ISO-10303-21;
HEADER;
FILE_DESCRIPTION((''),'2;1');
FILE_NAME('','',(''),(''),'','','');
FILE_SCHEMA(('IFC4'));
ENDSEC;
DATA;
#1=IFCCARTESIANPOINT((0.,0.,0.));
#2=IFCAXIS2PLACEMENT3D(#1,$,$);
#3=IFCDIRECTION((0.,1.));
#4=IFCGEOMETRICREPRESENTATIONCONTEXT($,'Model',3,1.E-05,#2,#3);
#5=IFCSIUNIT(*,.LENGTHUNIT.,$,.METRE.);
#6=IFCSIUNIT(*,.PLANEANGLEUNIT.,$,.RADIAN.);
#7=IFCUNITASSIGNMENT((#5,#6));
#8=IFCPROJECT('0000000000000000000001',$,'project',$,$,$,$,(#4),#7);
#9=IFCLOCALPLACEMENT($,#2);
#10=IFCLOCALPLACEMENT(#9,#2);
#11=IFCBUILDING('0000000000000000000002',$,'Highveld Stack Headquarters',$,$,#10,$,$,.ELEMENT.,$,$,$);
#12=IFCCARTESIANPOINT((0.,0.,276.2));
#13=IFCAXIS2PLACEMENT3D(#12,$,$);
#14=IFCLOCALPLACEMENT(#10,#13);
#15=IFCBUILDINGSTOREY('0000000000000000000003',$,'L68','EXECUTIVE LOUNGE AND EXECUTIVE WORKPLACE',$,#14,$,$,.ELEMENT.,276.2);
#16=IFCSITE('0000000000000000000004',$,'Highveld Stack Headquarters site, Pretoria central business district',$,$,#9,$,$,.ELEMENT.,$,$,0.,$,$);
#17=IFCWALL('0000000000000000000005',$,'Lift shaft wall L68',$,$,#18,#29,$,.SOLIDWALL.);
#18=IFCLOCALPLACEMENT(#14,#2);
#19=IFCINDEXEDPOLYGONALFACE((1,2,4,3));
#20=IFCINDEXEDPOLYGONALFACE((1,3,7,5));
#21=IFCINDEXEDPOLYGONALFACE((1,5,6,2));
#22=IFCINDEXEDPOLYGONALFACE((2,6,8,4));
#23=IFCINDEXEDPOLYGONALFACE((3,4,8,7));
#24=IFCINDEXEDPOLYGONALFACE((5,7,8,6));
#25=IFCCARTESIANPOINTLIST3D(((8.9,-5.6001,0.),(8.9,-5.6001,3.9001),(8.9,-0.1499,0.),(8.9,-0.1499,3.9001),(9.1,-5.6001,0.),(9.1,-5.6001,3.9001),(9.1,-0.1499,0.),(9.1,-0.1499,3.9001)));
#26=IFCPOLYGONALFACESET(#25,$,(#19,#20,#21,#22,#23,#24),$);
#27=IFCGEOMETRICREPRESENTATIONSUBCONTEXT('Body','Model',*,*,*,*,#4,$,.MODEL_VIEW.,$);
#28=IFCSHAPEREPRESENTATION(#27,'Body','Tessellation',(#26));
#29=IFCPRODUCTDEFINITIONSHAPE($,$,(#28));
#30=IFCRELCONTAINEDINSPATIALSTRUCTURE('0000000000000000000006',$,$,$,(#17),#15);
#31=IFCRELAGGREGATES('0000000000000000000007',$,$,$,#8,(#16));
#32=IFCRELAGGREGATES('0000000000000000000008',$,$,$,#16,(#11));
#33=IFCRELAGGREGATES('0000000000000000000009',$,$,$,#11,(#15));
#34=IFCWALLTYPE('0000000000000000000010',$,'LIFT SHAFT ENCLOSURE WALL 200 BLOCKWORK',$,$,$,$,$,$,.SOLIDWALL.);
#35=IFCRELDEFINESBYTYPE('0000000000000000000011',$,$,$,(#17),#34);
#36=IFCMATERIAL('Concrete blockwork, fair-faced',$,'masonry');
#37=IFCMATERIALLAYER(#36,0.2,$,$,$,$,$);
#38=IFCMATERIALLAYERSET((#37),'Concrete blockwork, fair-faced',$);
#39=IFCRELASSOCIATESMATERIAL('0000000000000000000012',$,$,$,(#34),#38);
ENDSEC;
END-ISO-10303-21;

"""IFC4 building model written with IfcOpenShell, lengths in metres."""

from ifc_helpers import new_model, si_unit, direction, frame, frame_2d, origin, place, context, subcontext, project, spatial, rectangle, extrude, material, layer, layer_set, type_object, element, save


model = new_model("IFC4")

# Units and contexts
model_context = context("Model", 3, precision=1e-05, world=origin(), true_north=direction((0.0, 1.0)))
body_context = subcontext(model_context, "Body", "Model", "MODEL_VIEW")
ifc_project = project(units=[si_unit("LENGTHUNIT", "METRE"), si_unit("PLANEANGLEUNIT", "RADIAN")], contexts=[model_context])

# Site, building, storey
site_placement = place(None, origin())
site = spatial("IfcSite", under=ifc_project, at=site_placement, Name="Highveld Stack Headquarters site, Pretoria central business district", CompositionType="ELEMENT", RefElevation=0.0)
building_placement = place(site_placement, origin())
building = spatial("IfcBuilding", under=site, at=building_placement, Name="Highveld Stack Headquarters", CompositionType="ELEMENT")
storey_placement = place(building_placement, frame((0.0, 0.0, 276.2)))
storey = spatial("IfcBuildingStorey", under=building, at=storey_placement, Name="L68", Description="EXECUTIVE LOUNGE AND EXECUTIVE WORKPLACE", CompositionType="ELEMENT", Elevation=276.2)

# Wall
ifc_material_1 = material(Name="Concrete blockwork, fair-faced", Category="masonry")
ifc_layer_1 = layer(ifc_material_1, 0.2)
ifc_layer_set_1 = layer_set([ifc_layer_1], Name="Concrete blockwork, fair-faced")
wall_type_1 = type_object("IfcWallType", Name="LIFT SHAFT ENCLOSURE WALL 200 BLOCKWORK", PredefinedType="SOLIDWALL", material=ifc_layer_set_1)
for number, where, z_axis, x_axis, name in (
    (1, (9.0, -5.6001, 0.0), (0.0, 0.0, 1.0), (0.0, 1.0, 0.0), "Lift shaft wall L68"),
):
    element("IfcWall", number, at=place(storey_placement, frame(where, z_axis=z_axis, x_axis=x_axis)), inside=storey, type_object=wall_type_1, Name=name, PredefinedType="SOLIDWALL", context=body_context, shape_type="SweptSolid", body=[
        extrude(rectangle(XDim=5.4502, YDim=0.2, at=frame_2d((2.7251, 0.0))), origin(), (0.0, 0.0, 1.0), 3.9001),
    ])

save(model, "model.ifc")
